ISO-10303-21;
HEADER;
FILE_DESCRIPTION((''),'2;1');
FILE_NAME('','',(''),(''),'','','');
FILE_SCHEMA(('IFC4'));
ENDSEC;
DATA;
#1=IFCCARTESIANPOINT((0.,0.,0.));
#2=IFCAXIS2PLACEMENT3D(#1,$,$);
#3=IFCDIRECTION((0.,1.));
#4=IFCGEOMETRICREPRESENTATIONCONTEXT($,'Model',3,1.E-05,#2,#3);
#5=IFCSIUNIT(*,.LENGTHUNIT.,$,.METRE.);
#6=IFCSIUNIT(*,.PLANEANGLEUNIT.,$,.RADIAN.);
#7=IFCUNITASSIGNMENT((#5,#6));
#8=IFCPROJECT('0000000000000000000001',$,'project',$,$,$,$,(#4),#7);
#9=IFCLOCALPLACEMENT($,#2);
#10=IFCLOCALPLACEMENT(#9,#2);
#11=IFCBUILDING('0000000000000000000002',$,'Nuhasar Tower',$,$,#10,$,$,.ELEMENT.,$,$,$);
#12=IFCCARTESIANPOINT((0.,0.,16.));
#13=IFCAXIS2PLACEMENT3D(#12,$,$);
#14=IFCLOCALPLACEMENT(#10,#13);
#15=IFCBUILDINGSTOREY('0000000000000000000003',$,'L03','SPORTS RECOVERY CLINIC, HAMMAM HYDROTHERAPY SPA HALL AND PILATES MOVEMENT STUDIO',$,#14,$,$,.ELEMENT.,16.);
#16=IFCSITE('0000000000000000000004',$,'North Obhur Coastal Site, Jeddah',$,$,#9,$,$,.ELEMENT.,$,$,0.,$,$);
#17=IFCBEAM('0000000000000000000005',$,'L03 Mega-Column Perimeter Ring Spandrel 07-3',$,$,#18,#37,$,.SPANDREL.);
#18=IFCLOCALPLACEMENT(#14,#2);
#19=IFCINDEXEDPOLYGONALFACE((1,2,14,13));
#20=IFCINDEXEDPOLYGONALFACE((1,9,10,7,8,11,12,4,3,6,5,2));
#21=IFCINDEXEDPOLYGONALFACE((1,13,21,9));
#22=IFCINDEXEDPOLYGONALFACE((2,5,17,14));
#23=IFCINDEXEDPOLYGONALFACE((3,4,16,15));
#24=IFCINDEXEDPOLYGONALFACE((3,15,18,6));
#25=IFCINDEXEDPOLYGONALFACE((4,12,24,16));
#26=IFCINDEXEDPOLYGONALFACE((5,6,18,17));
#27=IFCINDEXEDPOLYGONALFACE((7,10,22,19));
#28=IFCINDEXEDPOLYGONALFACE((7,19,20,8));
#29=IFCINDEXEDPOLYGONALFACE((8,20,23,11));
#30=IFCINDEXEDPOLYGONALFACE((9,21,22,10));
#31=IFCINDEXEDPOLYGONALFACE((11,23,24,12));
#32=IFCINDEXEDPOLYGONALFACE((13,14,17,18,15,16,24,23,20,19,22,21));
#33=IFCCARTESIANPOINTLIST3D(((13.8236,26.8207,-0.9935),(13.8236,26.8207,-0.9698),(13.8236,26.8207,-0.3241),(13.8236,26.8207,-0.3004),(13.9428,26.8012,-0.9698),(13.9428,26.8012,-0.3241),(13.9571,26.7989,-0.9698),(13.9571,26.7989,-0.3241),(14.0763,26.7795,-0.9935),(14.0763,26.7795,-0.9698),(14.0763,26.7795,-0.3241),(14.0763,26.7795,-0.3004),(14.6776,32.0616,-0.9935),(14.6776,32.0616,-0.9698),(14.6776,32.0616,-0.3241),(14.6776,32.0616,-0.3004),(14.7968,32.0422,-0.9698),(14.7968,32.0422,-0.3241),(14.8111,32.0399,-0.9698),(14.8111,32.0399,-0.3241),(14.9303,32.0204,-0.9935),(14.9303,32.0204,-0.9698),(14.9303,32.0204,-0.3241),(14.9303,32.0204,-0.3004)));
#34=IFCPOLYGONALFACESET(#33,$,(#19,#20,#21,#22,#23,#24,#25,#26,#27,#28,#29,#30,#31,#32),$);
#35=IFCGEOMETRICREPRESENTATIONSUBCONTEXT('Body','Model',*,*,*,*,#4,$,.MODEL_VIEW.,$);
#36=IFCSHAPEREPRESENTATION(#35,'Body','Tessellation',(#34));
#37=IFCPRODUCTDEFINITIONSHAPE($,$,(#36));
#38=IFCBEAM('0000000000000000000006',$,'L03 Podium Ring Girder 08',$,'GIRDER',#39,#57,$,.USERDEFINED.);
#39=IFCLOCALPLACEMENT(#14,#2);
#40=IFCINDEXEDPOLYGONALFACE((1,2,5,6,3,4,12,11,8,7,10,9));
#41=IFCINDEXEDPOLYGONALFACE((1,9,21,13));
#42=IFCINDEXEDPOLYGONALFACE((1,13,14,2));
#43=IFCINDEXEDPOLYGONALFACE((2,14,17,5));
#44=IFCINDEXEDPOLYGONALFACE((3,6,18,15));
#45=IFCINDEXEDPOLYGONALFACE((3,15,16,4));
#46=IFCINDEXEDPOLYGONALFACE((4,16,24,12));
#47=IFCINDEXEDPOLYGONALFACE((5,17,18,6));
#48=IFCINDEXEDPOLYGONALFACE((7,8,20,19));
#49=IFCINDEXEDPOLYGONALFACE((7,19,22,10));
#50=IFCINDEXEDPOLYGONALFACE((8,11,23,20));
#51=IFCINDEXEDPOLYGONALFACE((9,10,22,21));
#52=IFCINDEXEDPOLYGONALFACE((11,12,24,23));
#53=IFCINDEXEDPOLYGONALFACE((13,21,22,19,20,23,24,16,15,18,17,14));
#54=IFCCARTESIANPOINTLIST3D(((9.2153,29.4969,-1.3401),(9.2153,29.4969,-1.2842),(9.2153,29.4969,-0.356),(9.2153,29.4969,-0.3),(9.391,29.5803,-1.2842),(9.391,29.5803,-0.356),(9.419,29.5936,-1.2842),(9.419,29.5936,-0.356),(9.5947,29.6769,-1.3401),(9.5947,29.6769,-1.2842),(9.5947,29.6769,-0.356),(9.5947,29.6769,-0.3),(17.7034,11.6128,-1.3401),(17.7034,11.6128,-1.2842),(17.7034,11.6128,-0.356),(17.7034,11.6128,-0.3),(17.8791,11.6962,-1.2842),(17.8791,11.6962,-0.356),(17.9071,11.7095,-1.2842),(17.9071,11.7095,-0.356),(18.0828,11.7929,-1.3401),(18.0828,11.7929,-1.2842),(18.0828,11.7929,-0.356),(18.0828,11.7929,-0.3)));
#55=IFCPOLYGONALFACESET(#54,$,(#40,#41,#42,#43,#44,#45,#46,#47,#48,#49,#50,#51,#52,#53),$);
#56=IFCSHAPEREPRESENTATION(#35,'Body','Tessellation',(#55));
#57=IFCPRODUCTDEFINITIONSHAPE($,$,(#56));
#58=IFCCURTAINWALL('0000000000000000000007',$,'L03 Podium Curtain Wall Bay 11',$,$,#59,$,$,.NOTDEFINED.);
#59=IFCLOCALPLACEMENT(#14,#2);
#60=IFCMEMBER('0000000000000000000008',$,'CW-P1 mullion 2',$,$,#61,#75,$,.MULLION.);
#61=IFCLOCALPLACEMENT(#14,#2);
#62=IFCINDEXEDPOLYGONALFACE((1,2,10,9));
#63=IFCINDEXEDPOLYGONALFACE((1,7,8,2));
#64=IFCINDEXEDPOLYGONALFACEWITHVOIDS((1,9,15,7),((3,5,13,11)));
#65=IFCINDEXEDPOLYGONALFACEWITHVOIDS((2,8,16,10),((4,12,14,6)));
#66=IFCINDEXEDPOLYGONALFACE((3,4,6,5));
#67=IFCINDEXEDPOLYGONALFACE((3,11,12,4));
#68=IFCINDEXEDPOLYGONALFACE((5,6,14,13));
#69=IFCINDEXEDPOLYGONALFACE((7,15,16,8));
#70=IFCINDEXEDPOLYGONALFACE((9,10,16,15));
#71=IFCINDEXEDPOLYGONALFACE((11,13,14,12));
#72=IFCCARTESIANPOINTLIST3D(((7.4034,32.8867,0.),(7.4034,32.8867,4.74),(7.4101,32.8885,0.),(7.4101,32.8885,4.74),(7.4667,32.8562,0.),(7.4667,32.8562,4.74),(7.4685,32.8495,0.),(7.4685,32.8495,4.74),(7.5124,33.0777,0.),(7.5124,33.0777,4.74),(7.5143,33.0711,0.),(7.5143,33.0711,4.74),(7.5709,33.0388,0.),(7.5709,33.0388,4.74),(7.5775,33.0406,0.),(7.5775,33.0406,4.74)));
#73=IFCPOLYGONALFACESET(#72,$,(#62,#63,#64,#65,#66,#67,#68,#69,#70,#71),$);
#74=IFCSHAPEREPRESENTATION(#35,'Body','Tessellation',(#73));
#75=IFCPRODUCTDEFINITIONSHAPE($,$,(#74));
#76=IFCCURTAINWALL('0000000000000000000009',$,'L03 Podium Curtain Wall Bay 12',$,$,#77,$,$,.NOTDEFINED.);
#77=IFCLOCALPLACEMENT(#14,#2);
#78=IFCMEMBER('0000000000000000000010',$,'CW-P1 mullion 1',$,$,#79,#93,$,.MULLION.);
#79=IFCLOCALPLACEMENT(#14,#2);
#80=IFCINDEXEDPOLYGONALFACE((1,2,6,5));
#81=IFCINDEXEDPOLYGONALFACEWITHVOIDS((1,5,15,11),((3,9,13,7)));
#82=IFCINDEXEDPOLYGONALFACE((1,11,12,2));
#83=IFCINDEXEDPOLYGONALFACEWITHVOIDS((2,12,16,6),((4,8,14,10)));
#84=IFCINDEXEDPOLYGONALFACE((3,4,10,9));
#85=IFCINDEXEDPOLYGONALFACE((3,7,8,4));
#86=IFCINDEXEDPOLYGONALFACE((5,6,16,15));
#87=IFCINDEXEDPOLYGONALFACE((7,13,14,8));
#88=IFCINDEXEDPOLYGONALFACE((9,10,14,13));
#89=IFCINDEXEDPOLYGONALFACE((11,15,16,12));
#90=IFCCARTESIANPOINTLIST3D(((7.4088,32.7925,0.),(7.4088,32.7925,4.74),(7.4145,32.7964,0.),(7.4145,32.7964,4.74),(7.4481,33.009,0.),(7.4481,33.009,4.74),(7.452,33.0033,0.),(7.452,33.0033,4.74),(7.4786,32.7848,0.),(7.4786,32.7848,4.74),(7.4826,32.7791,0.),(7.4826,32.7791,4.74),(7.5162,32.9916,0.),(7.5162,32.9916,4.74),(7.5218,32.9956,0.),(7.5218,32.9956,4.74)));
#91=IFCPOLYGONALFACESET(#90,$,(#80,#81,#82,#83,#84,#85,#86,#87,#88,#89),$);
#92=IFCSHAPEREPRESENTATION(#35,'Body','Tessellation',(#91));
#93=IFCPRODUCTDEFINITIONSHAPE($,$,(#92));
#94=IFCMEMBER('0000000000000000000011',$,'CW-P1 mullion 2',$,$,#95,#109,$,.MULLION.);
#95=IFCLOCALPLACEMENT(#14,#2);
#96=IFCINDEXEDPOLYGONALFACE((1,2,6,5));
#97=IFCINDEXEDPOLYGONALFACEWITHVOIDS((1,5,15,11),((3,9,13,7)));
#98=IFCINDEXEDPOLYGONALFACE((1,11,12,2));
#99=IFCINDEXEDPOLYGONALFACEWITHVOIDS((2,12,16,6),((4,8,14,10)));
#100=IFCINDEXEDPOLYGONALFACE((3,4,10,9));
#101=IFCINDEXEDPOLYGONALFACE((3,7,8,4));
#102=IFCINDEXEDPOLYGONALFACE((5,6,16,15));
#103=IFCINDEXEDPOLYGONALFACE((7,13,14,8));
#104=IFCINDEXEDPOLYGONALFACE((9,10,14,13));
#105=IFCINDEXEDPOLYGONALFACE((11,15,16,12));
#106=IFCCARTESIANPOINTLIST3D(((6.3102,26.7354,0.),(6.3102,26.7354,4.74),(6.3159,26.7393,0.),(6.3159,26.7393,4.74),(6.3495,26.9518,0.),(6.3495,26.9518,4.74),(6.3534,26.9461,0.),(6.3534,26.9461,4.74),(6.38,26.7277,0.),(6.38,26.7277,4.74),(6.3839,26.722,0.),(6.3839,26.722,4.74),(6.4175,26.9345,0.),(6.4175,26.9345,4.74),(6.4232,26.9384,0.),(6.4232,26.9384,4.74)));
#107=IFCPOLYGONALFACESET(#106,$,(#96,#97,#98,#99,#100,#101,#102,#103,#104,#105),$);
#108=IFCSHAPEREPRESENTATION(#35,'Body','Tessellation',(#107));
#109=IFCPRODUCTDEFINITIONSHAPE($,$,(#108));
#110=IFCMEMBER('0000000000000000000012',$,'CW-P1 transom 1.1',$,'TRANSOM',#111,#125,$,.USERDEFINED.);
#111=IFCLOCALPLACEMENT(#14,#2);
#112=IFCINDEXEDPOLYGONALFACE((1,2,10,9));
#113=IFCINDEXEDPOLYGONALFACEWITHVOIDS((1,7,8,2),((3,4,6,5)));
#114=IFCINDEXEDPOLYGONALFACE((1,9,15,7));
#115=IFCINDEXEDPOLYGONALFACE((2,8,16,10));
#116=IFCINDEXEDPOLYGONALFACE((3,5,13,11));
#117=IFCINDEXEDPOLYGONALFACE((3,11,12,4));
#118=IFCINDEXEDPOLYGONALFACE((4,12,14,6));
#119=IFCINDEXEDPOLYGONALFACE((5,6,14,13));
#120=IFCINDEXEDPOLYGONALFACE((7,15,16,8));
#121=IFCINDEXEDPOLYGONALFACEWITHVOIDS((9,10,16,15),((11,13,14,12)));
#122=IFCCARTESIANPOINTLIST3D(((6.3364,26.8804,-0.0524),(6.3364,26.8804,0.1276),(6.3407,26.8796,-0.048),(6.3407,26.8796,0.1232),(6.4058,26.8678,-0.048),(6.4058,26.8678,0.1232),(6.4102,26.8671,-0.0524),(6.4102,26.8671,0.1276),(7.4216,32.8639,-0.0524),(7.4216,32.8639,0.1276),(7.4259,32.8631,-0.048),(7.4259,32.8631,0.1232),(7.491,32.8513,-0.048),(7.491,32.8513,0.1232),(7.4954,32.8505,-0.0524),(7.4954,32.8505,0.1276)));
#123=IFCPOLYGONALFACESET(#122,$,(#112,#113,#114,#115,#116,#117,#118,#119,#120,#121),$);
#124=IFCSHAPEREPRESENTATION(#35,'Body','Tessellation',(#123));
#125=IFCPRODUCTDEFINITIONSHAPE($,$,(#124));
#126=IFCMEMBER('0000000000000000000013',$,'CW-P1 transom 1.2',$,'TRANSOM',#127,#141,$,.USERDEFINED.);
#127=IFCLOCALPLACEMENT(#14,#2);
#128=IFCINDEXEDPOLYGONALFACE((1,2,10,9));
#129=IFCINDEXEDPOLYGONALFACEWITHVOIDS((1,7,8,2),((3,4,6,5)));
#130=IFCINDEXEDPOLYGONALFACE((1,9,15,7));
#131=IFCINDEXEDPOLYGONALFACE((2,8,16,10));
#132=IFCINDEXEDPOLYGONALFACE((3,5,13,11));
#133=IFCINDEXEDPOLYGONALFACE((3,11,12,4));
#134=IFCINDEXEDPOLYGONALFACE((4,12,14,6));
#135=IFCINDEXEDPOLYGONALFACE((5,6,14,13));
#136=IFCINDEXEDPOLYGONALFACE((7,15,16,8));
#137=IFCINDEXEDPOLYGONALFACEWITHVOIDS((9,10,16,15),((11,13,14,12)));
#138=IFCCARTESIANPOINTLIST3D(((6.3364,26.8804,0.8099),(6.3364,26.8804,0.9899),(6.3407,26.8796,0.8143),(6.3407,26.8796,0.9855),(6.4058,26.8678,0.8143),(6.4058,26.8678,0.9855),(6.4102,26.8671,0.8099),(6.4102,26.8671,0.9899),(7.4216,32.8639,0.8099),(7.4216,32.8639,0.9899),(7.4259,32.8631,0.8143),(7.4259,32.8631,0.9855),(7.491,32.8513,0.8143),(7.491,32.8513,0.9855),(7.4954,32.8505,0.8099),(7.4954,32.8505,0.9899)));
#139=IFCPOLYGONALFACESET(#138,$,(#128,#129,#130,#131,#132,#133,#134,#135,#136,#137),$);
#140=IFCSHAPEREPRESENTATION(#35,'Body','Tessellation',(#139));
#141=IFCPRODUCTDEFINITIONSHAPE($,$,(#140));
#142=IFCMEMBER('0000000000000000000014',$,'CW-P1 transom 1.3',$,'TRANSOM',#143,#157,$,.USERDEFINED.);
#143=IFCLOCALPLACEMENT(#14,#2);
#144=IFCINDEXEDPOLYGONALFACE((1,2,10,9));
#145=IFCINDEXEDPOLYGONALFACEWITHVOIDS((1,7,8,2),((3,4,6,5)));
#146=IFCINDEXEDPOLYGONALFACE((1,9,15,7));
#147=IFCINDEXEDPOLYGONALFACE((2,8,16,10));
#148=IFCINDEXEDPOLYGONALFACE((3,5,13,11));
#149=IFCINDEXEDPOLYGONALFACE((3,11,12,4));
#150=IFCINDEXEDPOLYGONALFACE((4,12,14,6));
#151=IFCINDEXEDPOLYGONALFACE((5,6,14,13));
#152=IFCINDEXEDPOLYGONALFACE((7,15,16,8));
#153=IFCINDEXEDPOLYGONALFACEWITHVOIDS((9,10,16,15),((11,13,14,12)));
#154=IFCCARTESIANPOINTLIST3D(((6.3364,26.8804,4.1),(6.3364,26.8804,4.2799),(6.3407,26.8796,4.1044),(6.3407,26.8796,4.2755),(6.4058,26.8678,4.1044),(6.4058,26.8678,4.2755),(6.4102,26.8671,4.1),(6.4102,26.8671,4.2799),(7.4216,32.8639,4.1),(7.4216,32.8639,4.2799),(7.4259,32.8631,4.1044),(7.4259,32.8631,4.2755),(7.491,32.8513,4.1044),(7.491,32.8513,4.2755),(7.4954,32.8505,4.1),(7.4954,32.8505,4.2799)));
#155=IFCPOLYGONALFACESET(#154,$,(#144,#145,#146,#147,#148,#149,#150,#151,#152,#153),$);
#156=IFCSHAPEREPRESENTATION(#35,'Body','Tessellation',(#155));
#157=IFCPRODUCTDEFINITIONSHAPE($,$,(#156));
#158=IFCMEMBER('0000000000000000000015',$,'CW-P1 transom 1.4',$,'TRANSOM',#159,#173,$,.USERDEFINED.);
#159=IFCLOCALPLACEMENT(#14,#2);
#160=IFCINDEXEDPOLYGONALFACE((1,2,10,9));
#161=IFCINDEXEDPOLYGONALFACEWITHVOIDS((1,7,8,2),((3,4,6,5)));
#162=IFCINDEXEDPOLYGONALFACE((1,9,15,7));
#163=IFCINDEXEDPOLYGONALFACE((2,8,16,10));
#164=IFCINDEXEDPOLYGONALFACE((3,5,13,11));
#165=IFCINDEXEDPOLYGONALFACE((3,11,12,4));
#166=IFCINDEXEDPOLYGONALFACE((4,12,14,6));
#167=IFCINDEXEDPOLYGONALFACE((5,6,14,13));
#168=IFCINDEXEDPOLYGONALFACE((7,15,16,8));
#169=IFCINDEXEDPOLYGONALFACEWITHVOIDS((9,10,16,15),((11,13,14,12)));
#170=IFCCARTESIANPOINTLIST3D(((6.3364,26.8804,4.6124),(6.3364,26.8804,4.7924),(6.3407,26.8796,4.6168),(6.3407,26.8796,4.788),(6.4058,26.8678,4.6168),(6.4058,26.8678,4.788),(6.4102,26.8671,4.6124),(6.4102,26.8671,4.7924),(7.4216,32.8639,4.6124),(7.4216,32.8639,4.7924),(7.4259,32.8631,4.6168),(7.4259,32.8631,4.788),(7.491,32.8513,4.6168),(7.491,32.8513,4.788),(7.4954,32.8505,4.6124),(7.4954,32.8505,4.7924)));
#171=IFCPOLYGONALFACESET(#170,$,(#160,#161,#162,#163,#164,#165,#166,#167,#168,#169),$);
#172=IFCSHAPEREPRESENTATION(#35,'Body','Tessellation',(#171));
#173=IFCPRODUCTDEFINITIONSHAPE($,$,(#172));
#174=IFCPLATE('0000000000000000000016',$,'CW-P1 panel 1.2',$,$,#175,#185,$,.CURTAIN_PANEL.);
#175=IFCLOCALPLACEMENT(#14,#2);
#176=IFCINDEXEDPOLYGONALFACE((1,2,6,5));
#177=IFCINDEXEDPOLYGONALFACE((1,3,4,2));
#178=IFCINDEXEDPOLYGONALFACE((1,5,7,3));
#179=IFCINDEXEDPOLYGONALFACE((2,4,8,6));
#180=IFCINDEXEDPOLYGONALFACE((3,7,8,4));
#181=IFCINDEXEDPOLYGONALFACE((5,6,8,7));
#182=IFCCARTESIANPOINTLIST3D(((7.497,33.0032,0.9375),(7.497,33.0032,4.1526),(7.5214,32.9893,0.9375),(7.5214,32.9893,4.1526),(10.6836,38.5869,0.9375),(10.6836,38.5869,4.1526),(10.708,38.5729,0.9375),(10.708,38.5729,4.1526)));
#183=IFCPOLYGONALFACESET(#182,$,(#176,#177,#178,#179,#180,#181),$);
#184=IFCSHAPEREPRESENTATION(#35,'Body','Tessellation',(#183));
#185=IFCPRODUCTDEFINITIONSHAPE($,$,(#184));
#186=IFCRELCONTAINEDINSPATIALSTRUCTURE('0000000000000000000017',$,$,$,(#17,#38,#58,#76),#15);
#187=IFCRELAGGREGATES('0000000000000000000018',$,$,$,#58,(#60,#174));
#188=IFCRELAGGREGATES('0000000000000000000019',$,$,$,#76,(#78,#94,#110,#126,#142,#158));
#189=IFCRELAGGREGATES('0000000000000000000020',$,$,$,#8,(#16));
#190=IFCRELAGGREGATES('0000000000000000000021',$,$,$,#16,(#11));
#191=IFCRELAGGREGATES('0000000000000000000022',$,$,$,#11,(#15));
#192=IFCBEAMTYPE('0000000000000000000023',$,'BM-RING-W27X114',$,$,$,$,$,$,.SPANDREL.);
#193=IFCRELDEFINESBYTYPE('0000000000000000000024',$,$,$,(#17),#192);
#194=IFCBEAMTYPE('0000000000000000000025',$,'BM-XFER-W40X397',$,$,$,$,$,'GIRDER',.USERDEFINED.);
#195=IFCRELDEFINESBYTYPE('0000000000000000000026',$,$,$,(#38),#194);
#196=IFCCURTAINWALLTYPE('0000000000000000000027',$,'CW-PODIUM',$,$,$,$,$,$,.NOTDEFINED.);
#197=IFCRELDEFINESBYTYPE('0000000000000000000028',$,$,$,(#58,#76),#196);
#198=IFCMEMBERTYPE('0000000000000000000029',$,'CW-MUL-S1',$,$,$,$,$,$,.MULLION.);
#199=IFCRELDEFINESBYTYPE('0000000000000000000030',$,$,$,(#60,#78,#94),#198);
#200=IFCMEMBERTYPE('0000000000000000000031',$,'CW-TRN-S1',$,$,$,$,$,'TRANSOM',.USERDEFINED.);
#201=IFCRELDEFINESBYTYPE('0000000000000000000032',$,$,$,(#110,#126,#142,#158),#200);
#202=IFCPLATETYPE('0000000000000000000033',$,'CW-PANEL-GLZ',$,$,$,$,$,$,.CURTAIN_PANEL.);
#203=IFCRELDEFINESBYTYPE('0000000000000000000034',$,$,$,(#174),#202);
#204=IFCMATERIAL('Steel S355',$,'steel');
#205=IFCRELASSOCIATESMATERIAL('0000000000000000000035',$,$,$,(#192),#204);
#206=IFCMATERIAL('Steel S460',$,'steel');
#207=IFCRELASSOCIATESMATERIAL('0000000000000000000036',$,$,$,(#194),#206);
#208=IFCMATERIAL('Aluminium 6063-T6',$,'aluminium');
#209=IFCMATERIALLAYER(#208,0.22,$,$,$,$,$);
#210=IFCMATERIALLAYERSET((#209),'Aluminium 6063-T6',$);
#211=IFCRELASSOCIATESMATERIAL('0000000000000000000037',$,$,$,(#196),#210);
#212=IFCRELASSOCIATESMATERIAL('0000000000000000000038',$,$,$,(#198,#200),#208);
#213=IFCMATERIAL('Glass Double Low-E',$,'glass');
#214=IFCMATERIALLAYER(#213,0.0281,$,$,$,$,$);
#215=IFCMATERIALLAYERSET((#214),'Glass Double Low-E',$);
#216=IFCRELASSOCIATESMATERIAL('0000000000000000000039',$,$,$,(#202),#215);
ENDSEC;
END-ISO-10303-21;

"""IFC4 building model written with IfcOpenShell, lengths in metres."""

from ifc_helpers import new_model, si_unit, direction, frame, origin, origin_2d, place, context, subcontext, project, spatial, rectangle, hollow_rectangle, i_section, extrude, material, layer, layer_set, material_profile, profile_set, type_object, element, aggregate, save


model = new_model("IFC4")

# Units and contexts
model_context = context("Model", 3, precision=1e-05, world=origin(), true_north=direction((0.0, 1.0)))
body_context = subcontext(model_context, "Body", "Model", "MODEL_VIEW")
ifc_project = project(units=[si_unit("LENGTHUNIT", "METRE"), si_unit("PLANEANGLEUNIT", "RADIAN")], contexts=[model_context])

# Site, building, storey
site_placement = place(None, origin())
site = spatial("IfcSite", under=ifc_project, at=site_placement, Name="North Obhur Coastal Site, Jeddah", CompositionType="ELEMENT", RefElevation=0.0)
building_placement = place(site_placement, origin())
building = spatial("IfcBuilding", under=site, at=building_placement, Name="Nuhasar Tower", CompositionType="ELEMENT")
storey_placement = place(building_placement, frame((0.0, 0.0, 16.0)))
storey = spatial("IfcBuildingStorey", under=building, at=storey_placement, Name="L03", Description="SPORTS RECOVERY CLINIC, HAMMAM HYDROTHERAPY SPA HALL AND PILATES MOVEMENT STUDIO", CompositionType="ELEMENT", Elevation=16.0)

# Beams
ifc_material_1 = material(Name="Steel S355", Category="steel")
ifc_material_profile_1 = material_profile(ifc_material_1, i_section(OverallWidth=0.2561, OverallDepth=0.6931, WebThickness=0.0144, FlangeThickness=0.0237, at=origin_2d()), Name="W27X114")
ifc_profile_set_1 = profile_set([ifc_material_profile_1], Name="Steel S355")
beam_type_1 = type_object("IfcBeamType", Name="BM-RING-W27X114", PredefinedType="SPANDREL", material=ifc_profile_set_1)
beam_1_placement = place(storey_placement, frame((14.804, 32.041, -0.647), z_axis=(-0.160827, -0.986983, 0.0), x_axis=(0.986983, -0.160827, 0.0)))
element("IfcBeam", 1, at=beam_1_placement, inside=storey, type_object=beam_type_1, Name="L03 Mega-Column Perimeter Ring Spandrel 07-3", PredefinedType="SPANDREL", context=body_context, shape_type="SweptSolid", body=[
    extrude(i_section(OverallWidth=0.2561, OverallDepth=0.6931, WebThickness=0.0144, FlangeThickness=0.0237, at=origin_2d()), origin(), (0.0, 0.0, 1.0), 5.3101),
])
ifc_material_2 = material(Name="Steel S460", Category="steel")
ifc_material_profile_2 = material_profile(ifc_material_2, i_section(OverallWidth=0.4199, OverallDepth=1.04, WebThickness=0.031, FlangeThickness=0.0559, at=origin_2d()), Name="W40X397")
ifc_profile_set_2 = profile_set([ifc_material_profile_2], Name="Steel S460")
beam_type_2 = type_object("IfcBeamType", Name="BM-XFER-W40X397", ElementType="GIRDER", PredefinedType="USERDEFINED", material=ifc_profile_set_2)
beam_2_placement = place(storey_placement, frame((9.405, 29.5869, -0.8201), z_axis=(0.428773, -0.903412, 0.0), x_axis=(0.903412, 0.428773, 0.0)))
element("IfcBeam", 2, at=beam_2_placement, inside=storey, type_object=beam_type_2, Name="L03 Podium Ring Girder 08", ObjectType="GIRDER", PredefinedType="USERDEFINED", context=body_context, shape_type="SweptSolid", body=[
    extrude(i_section(OverallWidth=0.4199, OverallDepth=1.04, WebThickness=0.031, FlangeThickness=0.0559, at=origin_2d()), origin(), (0.0, 0.0, 1.0), 19.7961),
])

# Curtain wall, member
ifc_material_3 = material(Name="Aluminium 6063-T6", Category="aluminium")
ifc_layer_1 = layer(ifc_material_3, 0.22)
ifc_layer_set_1 = layer_set([ifc_layer_1], Name="Aluminium 6063-T6")
curtain_wall_type = type_object("IfcCurtainWallType", Name="CW-PODIUM", PredefinedType="NOTDEFINED", material=ifc_layer_set_1)
curtain_wall_1_placement = place(storey_placement, origin())
curtain_wall_1 = element("IfcCurtainWall", 3, at=curtain_wall_1_placement, inside=storey, type_object=curtain_wall_type, Name="L03 Podium Curtain Wall Bay 11", PredefinedType="NOTDEFINED")
ifc_material_profile_3 = material_profile(ifc_material_3, hollow_rectangle(XDim=0.075, YDim=0.22, WallThickness=0.0049, at=origin_2d()), Name="CWM-1")
ifc_profile_set_3 = profile_set([ifc_material_profile_3], Name="Aluminium 6063-T6")
member_type_1 = type_object("IfcMemberType", Name="CW-MUL-S1", PredefinedType="MULLION", material=ifc_profile_set_3)
member_1_placement = place(storey_placement, frame((7.4905, 32.9636, 0.0), z_axis=(0.0, 0.0, 1.0), x_axis=(0.868514, -0.495664, 0.0)))
member_1 = element("IfcMember", 4, at=member_1_placement, type_object=member_type_1, Name="CW-P1 mullion 2", PredefinedType="MULLION", context=body_context, shape_type="SweptSolid", body=[
    extrude(hollow_rectangle(XDim=0.075, YDim=0.22, WallThickness=0.0049, at=origin_2d()), origin(), (0.0, 0.0, 1.0), 4.74),
])

# Curtain wall, members
curtain_wall_2_placement = place(storey_placement, origin())
curtain_wall_2 = element("IfcCurtainWall", 5, at=curtain_wall_2_placement, inside=storey, type_object=curtain_wall_type, Name="L03 Podium Curtain Wall Bay 12", PredefinedType="NOTDEFINED")
member_2_placement = place(storey_placement, frame((7.4653, 32.894, 0.0), z_axis=(0.0, 0.0, 1.0), x_axis=(0.983947, -0.178462, 0.0)))
member_2 = element("IfcMember", 6, at=member_2_placement, type_object=member_type_1, Name="CW-P1 mullion 1", PredefinedType="MULLION", context=body_context, shape_type="SweptSolid", body=[
    extrude(hollow_rectangle(XDim=0.075, YDim=0.22, WallThickness=0.0049, at=origin_2d()), origin(), (0.0, 0.0, 1.0), 4.74),
])
member_3_placement = place(storey_placement, frame((6.3667, 26.8369, 0.0), z_axis=(0.0, 0.0, 1.0), x_axis=(0.983947, -0.178462, 0.0)))
member_3 = element("IfcMember", 7, at=member_3_placement, type_object=member_type_1, Name="CW-P1 mullion 2", PredefinedType="MULLION", context=body_context, shape_type="SweptSolid", body=[
    extrude(hollow_rectangle(XDim=0.075, YDim=0.22, WallThickness=0.0049, at=origin_2d()), origin(), (0.0, 0.0, 1.0), 4.74),
])
ifc_material_profile_4 = material_profile(ifc_material_3, hollow_rectangle(XDim=0.075, YDim=0.1799, WallThickness=0.0044, at=origin_2d()), Name="CWT-1")
ifc_profile_set_4 = profile_set([ifc_material_profile_4], Name="Aluminium 6063-T6")
member_type_2 = type_object("IfcMemberType", Name="CW-TRN-S1", ElementType="TRANSOM", PredefinedType="USERDEFINED", material=ifc_profile_set_4)
member_4_placement = place(storey_placement, frame((7.4585, 32.8572, 0.0376), z_axis=(-0.178458, -0.983948, 0.0), x_axis=(0.983948, -0.178458, 0.0)))
member_4 = element("IfcMember", 8, at=member_4_placement, type_object=member_type_2, Name="CW-P1 transom 1.1", ObjectType="TRANSOM", PredefinedType="USERDEFINED", context=body_context, shape_type="SweptSolid", body=[
    extrude(hollow_rectangle(XDim=0.075, YDim=0.1799, WallThickness=0.0044, at=origin_2d()), origin(), (0.0, 0.0, 1.0), 6.0811),
])
member_5_placement = place(storey_placement, frame((7.4585, 32.8572, 0.8999), z_axis=(-0.178458, -0.983948, 0.0), x_axis=(0.983948, -0.178458, 0.0)))
member_5 = element("IfcMember", 9, at=member_5_placement, type_object=member_type_2, Name="CW-P1 transom 1.2", ObjectType="TRANSOM", PredefinedType="USERDEFINED", context=body_context, shape_type="SweptSolid", body=[
    extrude(hollow_rectangle(XDim=0.075, YDim=0.1799, WallThickness=0.0044, at=origin_2d()), origin(), (0.0, 0.0, 1.0), 6.0811),
])
member_6_placement = place(storey_placement, frame((7.4585, 32.8572, 4.1899), z_axis=(-0.178458, -0.983948, 0.0), x_axis=(0.983948, -0.178458, 0.0)))
member_6 = element("IfcMember", 10, at=member_6_placement, type_object=member_type_2, Name="CW-P1 transom 1.3", ObjectType="TRANSOM", PredefinedType="USERDEFINED", context=body_context, shape_type="SweptSolid", body=[
    extrude(hollow_rectangle(XDim=0.075, YDim=0.1799, WallThickness=0.0044, at=origin_2d()), origin(), (0.0, 0.0, 1.0), 6.0811),
])
member_7_placement = place(storey_placement, frame((7.4585, 32.8572, 4.7024), z_axis=(-0.178458, -0.983948, 0.0), x_axis=(0.983948, -0.178458, 0.0)))
member_7 = element("IfcMember", 11, at=member_7_placement, type_object=member_type_2, Name="CW-P1 transom 1.4", ObjectType="TRANSOM", PredefinedType="USERDEFINED", context=body_context, shape_type="SweptSolid", body=[
    extrude(hollow_rectangle(XDim=0.075, YDim=0.1799, WallThickness=0.0044, at=origin_2d()), origin(), (0.0, 0.0, 1.0), 6.0811),
])

# Plate
ifc_material_4 = material(Name="Glass Double Low-E", Category="glass")
ifc_layer_2 = layer(ifc_material_4, 0.0281)
ifc_layer_set_2 = layer_set([ifc_layer_2], Name="Glass Double Low-E")
plate_type_1 = type_object("IfcPlateType", Name="CW-PANEL-GLZ", PredefinedType="CURTAIN_PANEL", material=ifc_layer_set_2)
plate_1_placement = place(storey_placement, frame((9.1025, 35.7881, 0.9375), z_axis=(0.0, 0.0, 1.0), x_axis=(-0.495664, -0.868514, 0.0)))
plate_1 = element("IfcPlate", 12, at=plate_1_placement, type_object=plate_type_1, Name="CW-P1 panel 1.2", PredefinedType="CURTAIN_PANEL", context=body_context, shape_type="SweptSolid", body=[
    extrude(rectangle(XDim=6.429, YDim=0.0281, at=origin_2d()), origin(), (0.0, 0.0, 1.0), 3.2151),
])
aggregate(curtain_wall_1, [member_1, plate_1])
aggregate(curtain_wall_2, [member_2, member_3, member_4, member_5, member_6, member_7])

save(model, "model.ifc")
